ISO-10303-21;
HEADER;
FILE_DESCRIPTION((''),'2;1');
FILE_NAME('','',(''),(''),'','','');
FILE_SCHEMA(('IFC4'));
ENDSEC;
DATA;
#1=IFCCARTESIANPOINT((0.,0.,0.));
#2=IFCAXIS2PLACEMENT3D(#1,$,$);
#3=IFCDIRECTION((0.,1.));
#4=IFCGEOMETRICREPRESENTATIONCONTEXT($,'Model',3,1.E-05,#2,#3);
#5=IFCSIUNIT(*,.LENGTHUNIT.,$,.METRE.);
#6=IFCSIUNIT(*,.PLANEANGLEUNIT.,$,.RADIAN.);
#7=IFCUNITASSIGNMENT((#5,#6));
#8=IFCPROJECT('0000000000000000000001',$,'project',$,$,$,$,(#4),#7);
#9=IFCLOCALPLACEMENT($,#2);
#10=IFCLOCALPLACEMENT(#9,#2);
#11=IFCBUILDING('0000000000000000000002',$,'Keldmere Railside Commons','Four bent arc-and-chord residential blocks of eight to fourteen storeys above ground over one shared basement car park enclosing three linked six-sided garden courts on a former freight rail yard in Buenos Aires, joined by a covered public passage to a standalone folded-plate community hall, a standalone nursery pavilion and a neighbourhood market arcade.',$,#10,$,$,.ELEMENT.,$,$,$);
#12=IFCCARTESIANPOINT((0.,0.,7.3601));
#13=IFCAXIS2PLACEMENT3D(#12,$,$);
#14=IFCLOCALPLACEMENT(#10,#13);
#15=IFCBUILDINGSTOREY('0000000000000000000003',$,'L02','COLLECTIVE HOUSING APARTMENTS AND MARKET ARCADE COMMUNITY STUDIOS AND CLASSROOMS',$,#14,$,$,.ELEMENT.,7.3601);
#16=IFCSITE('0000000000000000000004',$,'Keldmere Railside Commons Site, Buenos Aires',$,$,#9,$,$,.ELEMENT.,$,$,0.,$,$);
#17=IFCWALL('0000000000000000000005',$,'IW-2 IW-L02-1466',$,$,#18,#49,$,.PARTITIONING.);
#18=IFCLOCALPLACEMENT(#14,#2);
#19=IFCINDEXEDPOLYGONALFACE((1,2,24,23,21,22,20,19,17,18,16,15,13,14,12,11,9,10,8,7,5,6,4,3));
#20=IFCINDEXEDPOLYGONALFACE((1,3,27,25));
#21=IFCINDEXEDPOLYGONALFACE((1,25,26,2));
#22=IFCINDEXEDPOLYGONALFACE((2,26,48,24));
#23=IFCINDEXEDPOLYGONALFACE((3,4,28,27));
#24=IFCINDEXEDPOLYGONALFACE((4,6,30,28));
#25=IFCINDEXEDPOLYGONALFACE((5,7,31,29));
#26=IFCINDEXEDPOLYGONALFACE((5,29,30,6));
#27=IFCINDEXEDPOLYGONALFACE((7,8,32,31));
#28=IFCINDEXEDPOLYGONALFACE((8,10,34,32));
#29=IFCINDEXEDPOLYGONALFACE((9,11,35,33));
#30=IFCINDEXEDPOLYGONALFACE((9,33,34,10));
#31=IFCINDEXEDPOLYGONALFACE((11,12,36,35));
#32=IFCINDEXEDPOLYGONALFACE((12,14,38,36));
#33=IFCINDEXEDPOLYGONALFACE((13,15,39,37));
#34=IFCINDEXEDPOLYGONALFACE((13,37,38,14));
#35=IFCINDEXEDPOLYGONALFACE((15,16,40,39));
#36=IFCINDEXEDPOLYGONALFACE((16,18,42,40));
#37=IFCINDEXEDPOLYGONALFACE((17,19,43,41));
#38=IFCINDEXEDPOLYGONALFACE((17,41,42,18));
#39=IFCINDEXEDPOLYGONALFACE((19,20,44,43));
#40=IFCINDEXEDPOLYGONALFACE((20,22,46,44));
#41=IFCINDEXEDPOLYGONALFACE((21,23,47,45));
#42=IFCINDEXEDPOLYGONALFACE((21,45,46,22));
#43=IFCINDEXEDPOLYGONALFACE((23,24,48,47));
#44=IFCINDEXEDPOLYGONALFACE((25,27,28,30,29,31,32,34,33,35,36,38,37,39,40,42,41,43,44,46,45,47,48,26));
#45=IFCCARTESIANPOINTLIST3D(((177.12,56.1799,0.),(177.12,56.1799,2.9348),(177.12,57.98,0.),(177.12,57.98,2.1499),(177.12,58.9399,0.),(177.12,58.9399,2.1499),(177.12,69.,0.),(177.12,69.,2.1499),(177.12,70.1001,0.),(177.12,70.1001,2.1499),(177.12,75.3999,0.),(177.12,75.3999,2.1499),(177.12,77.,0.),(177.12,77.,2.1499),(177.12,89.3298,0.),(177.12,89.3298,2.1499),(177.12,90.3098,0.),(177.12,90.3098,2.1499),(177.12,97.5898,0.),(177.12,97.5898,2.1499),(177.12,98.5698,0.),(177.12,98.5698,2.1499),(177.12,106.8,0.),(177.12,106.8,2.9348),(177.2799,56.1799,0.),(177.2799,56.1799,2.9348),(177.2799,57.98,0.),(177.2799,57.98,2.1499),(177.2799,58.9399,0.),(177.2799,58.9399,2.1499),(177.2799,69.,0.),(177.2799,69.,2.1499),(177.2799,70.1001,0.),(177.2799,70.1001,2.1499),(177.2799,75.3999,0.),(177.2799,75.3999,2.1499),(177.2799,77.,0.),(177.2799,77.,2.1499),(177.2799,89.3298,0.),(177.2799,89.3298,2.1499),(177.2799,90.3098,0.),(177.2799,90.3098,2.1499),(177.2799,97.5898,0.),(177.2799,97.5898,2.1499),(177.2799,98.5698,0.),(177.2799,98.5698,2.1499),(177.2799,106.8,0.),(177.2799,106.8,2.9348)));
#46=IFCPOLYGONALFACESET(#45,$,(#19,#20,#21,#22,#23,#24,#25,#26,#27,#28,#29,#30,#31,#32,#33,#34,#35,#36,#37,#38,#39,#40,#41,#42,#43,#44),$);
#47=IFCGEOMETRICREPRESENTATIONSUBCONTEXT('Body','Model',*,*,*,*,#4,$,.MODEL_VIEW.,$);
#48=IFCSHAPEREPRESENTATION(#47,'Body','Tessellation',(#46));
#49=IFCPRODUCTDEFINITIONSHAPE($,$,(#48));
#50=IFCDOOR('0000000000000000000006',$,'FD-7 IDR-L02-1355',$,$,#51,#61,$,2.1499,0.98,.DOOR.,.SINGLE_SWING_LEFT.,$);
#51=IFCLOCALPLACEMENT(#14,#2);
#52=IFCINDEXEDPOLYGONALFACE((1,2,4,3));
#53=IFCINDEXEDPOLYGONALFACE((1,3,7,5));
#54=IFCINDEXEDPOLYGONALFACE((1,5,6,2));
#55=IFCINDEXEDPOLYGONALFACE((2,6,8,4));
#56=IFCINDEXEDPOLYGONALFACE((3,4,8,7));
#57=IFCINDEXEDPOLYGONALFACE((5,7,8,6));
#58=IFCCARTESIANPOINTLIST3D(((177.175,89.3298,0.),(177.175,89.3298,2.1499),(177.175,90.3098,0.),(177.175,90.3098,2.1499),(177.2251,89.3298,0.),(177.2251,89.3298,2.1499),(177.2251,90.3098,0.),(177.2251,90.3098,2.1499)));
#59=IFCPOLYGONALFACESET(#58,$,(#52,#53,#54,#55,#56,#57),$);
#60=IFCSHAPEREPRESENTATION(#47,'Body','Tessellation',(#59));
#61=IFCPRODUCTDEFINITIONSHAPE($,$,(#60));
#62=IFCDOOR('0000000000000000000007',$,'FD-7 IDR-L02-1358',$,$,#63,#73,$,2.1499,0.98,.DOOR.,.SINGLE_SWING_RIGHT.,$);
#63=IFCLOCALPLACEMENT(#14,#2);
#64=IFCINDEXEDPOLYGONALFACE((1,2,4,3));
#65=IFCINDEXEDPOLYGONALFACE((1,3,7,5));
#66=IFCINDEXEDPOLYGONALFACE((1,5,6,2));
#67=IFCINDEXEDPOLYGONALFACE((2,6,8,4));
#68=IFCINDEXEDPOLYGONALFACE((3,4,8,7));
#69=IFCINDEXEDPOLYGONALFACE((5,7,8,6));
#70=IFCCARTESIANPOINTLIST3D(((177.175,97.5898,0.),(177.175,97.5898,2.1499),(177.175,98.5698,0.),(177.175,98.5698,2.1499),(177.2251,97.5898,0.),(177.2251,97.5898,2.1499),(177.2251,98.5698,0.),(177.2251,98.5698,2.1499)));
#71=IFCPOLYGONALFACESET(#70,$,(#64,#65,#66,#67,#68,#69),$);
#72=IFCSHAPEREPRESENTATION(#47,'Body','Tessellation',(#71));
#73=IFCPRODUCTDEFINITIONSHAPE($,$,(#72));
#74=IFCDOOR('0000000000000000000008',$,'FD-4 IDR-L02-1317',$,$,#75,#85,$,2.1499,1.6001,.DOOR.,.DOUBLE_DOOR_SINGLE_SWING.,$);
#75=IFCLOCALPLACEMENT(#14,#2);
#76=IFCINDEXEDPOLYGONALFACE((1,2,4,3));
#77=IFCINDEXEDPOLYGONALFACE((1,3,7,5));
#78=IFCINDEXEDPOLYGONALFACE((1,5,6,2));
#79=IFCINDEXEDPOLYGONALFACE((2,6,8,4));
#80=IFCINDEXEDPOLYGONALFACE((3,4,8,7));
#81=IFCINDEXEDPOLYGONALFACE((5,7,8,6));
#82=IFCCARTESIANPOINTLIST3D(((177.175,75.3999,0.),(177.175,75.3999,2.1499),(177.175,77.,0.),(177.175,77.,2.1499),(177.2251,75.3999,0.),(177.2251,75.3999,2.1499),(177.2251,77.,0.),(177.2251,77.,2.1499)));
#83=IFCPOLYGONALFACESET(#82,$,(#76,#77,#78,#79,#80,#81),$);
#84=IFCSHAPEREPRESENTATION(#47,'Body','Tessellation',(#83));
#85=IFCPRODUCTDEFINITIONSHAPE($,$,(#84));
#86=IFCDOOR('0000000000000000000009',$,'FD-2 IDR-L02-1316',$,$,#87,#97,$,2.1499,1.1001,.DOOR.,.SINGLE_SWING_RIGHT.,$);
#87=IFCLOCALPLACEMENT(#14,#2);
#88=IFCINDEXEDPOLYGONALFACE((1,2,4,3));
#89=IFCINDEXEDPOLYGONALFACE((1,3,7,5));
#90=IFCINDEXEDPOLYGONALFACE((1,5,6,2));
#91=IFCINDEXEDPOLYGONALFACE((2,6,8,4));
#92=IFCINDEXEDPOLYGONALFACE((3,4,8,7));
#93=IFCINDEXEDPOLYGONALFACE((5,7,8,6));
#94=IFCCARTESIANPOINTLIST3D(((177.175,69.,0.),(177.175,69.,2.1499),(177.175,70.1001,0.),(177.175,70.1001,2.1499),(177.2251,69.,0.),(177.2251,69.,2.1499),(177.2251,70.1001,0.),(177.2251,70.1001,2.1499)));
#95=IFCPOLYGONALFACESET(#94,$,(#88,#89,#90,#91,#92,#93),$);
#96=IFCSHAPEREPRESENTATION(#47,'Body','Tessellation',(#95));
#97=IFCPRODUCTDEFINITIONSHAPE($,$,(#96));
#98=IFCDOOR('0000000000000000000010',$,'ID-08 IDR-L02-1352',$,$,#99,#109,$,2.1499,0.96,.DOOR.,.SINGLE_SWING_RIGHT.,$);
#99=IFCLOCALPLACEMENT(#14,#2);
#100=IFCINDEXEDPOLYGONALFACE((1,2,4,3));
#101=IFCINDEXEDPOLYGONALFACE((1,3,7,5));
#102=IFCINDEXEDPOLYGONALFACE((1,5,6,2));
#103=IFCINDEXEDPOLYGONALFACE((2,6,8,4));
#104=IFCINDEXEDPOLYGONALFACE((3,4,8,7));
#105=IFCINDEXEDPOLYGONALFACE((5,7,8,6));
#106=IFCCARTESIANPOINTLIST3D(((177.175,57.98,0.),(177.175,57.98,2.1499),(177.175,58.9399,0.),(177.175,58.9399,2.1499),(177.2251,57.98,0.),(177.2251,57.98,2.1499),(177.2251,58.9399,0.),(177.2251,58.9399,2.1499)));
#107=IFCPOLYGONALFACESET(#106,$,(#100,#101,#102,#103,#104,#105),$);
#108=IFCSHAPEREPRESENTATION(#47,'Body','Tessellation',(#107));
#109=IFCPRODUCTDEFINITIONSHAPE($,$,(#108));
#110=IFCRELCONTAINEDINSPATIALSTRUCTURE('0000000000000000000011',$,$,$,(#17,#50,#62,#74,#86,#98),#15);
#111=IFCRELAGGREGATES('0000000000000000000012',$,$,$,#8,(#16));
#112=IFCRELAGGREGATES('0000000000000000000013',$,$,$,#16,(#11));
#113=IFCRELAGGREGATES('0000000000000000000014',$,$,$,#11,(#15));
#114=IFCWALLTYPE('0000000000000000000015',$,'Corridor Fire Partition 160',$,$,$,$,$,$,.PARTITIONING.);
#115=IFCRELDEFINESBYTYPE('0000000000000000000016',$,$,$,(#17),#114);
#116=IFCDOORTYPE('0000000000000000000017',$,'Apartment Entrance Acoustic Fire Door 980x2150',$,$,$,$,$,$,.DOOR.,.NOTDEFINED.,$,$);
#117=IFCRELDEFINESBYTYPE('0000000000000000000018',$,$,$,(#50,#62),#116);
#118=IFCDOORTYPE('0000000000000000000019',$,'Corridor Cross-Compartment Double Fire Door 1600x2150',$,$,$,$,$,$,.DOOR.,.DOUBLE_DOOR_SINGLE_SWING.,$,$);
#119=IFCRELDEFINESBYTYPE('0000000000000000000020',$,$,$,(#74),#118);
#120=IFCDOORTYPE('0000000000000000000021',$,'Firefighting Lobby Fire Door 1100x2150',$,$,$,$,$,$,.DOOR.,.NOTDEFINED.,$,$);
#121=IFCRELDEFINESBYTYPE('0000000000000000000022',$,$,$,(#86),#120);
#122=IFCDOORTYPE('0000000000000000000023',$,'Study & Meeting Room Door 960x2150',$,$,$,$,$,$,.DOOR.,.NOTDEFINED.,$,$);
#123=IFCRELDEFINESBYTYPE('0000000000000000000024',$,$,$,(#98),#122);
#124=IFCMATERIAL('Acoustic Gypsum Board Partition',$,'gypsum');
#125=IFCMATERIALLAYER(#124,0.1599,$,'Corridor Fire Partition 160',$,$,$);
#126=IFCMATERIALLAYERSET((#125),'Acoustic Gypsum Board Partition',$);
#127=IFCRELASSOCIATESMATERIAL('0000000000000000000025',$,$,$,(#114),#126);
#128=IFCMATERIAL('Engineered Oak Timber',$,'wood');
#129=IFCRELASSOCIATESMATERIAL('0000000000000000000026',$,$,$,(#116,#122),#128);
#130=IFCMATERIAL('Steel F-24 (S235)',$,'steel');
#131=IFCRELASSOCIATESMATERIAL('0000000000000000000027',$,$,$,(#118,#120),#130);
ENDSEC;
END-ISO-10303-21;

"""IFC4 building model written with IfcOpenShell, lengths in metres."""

from ifc_helpers import new_model, si_unit, direction, frame, frame_2d, origin, place, context, subcontext, project, spatial, rectangle, extrude, material, layer, layer_set, type_object, element, fill, save


model = new_model("IFC4")

# Units and contexts
model_context = context("Model", 3, precision=1e-05, world=origin(), true_north=direction((0.0, 1.0)))
body_context = subcontext(model_context, "Body", "Model", "MODEL_VIEW")
ifc_project = project(units=[si_unit("LENGTHUNIT", "METRE"), si_unit("PLANEANGLEUNIT", "RADIAN")], contexts=[model_context])

# Site, building, storey
site_placement = place(None, origin())
site = spatial("IfcSite", under=ifc_project, at=site_placement, Name="Keldmere Railside Commons Site, Buenos Aires", CompositionType="ELEMENT", RefElevation=0.0)
building_placement = place(site_placement, origin())
building = spatial("IfcBuilding", under=site, at=building_placement, Name="Keldmere Railside Commons", Description="Four bent arc-and-chord residential blocks of eight to fourteen storeys above ground over one shared basement car park enclosing three linked six-sided garden courts on a former freight rail yard in Buenos Aires, joined by a covered public passage to a standalone folded-plate community hall, a standalone nursery pavilion and a neighbourhood market arcade.", CompositionType="ELEMENT")
storey_placement = place(building_placement, frame((0.0, 0.0, 7.3601)))
storey = spatial("IfcBuildingStorey", under=building, at=storey_placement, Name="L02", Description="COLLECTIVE HOUSING APARTMENTS AND MARKET ARCADE COMMUNITY STUDIOS AND CLASSROOMS", CompositionType="ELEMENT", Elevation=7.3601)

# Shared definitions
ifc_material_1 = material(Name="Acoustic Gypsum Board Partition", Category="gypsum")
ifc_material_2 = material(Name="Engineered Oak Timber", Category="wood")

# Wall, openings, doors
ifc_layer_1 = layer(ifc_material_1, 0.1599, Name="Corridor Fire Partition 160")
ifc_layer_set_1 = layer_set([ifc_layer_1], Name="Acoustic Gypsum Board Partition")
wall_type_1 = type_object("IfcWallType", Name="Corridor Fire Partition 160", PredefinedType="PARTITIONING", material=ifc_layer_set_1)
door_type_1 = type_object("IfcDoorType", Name="Apartment Entrance Acoustic Fire Door 980x2150", OperationType="NOTDEFINED", PredefinedType="DOOR", material=ifc_material_2)
wall_1_placement = place(storey_placement, frame((177.2, 56.1799, 0.0), z_axis=(0.0, 0.0, 1.0), x_axis=(0.0, 1.0, 0.0)))
wall_1 = element("IfcWall", 1, at=wall_1_placement, inside=storey, type_object=wall_type_1, Name="IW-2 IW-L02-1466", PredefinedType="PARTITIONING", context=body_context, shape_type="SweptSolid", body=[
    extrude(rectangle(XDim=50.6201, YDim=0.1599, at=frame_2d((25.3101, 0.0))), origin(), (0.0, 0.0, 1.0), 2.9348),
])
opening_1_placement = place(wall_1_placement, frame((12.8201, 0.0, 0.0)))
opening_1 = element("IfcOpeningElement", 2, at=opening_1_placement, cuts=wall_1, PredefinedType="OPENING", context=body_context, shape_type="SweptSolid", body=[
    extrude(rectangle(XDim=1.1001, YDim=2.1499, at=frame_2d((0.55, 1.075))), frame((0.0, 0.0898, 0.0), z_axis=(0.0, -1.0, 0.0), x_axis=(1.0, 0.0, 0.0)), (0.0, 0.0, 1.0), 0.1799),
])
opening_2_placement = place(wall_1_placement, frame((19.22, 0.0, 0.0)))
opening_2 = element("IfcOpeningElement", 3, at=opening_2_placement, cuts=wall_1, PredefinedType="OPENING", context=body_context, shape_type="SweptSolid", body=[
    extrude(rectangle(XDim=1.6001, YDim=2.1499, at=frame_2d((0.8, 1.075))), frame((0.0, 0.0898, 0.0), z_axis=(0.0, -1.0, 0.0), x_axis=(1.0, 0.0, 0.0)), (0.0, 0.0, 1.0), 0.1799),
])
opening_3_placement = place(wall_1_placement, frame((1.8, 0.0, 0.0)))
opening_3 = element("IfcOpeningElement", 4, at=opening_3_placement, cuts=wall_1, PredefinedType="OPENING", context=body_context, shape_type="SweptSolid", body=[
    extrude(rectangle(XDim=0.96, YDim=2.1499, at=frame_2d((0.48, 1.075))), frame((0.0, 0.0898, 0.0), z_axis=(0.0, -1.0, 0.0), x_axis=(1.0, 0.0, 0.0)), (0.0, 0.0, 1.0), 0.1799),
])
opening_4_placement = place(wall_1_placement, frame((33.1499, 0.0, 0.0)))
opening_4 = element("IfcOpeningElement", 5, at=opening_4_placement, cuts=wall_1, PredefinedType="OPENING", context=body_context, shape_type="SweptSolid", body=[
    extrude(rectangle(XDim=0.98, YDim=2.1499, at=frame_2d((0.49, 1.075))), frame((0.0, 0.0898, 0.0), z_axis=(0.0, -1.0, 0.0), x_axis=(1.0, 0.0, 0.0)), (0.0, 0.0, 1.0), 0.1799),
])
opening_5_placement = place(wall_1_placement, frame((41.4099, 0.0, 0.0)))
opening_5 = element("IfcOpeningElement", 6, at=opening_5_placement, cuts=wall_1, PredefinedType="OPENING", context=body_context, shape_type="SweptSolid", body=[
    extrude(rectangle(XDim=0.98, YDim=2.1499, at=frame_2d((0.49, 1.075))), frame((0.0, 0.0898, 0.0), z_axis=(0.0, -1.0, 0.0), x_axis=(1.0, 0.0, 0.0)), (0.0, 0.0, 1.0), 0.1799),
])
door_1_placement = place(opening_4_placement, origin())
door_1 = element("IfcDoor", 7, at=door_1_placement, inside=storey, type_object=door_type_1, Name="FD-7 IDR-L02-1355", OperationType="SINGLE_SWING_LEFT", OverallHeight=2.1499, OverallWidth=0.98, PredefinedType="DOOR", context=body_context, shape_type="SweptSolid", body=[
    extrude(rectangle(XDim=0.98, YDim=2.1499, at=frame_2d((0.49, 1.075))), frame((0.0, 0.0249, 0.0), z_axis=(0.0, -1.0, 0.0), x_axis=(1.0, 0.0, 0.0)), (0.0, 0.0, 1.0), 0.05),
])
fill(opening_4, door_1)
door_2_placement = place(opening_5_placement, origin())
door_2 = element("IfcDoor", 8, at=door_2_placement, inside=storey, type_object=door_type_1, Name="FD-7 IDR-L02-1358", OperationType="SINGLE_SWING_RIGHT", OverallHeight=2.1499, OverallWidth=0.98, PredefinedType="DOOR", context=body_context, shape_type="SweptSolid", body=[
    extrude(rectangle(XDim=0.98, YDim=2.1499, at=frame_2d((0.49, 1.075))), frame((0.0, 0.0249, 0.0), z_axis=(0.0, -1.0, 0.0), x_axis=(1.0, 0.0, 0.0)), (0.0, 0.0, 1.0), 0.05),
])
fill(opening_5, door_2)
ifc_material_3 = material(Name="Steel F-24 (S235)", Category="steel")
door_type_2 = type_object("IfcDoorType", Name="Corridor Cross-Compartment Double Fire Door 1600x2150", OperationType="DOUBLE_DOOR_SINGLE_SWING", PredefinedType="DOOR", material=ifc_material_3)
door_3_placement = place(opening_2_placement, origin())
door_3 = element("IfcDoor", 9, at=door_3_placement, inside=storey, type_object=door_type_2, Name="FD-4 IDR-L02-1317", OperationType="DOUBLE_DOOR_SINGLE_SWING", OverallHeight=2.1499, OverallWidth=1.6001, PredefinedType="DOOR", context=body_context, shape_type="SweptSolid", body=[
    extrude(rectangle(XDim=1.6001, YDim=2.1499, at=frame_2d((0.8, 1.075))), frame((0.0, 0.0249, 0.0), z_axis=(0.0, -1.0, 0.0), x_axis=(1.0, 0.0, 0.0)), (0.0, 0.0, 1.0), 0.05),
])
fill(opening_2, door_3)
door_type_3 = type_object("IfcDoorType", Name="Firefighting Lobby Fire Door 1100x2150", OperationType="NOTDEFINED", PredefinedType="DOOR", material=ifc_material_3)
door_4_placement = place(opening_1_placement, origin())
door_4 = element("IfcDoor", 10, at=door_4_placement, inside=storey, type_object=door_type_3, Name="FD-2 IDR-L02-1316", OperationType="SINGLE_SWING_RIGHT", OverallHeight=2.1499, OverallWidth=1.1001, PredefinedType="DOOR", context=body_context, shape_type="SweptSolid", body=[
    extrude(rectangle(XDim=1.1001, YDim=2.1499, at=frame_2d((0.55, 1.075))), frame((0.0, 0.0249, 0.0), z_axis=(0.0, -1.0, 0.0), x_axis=(1.0, 0.0, 0.0)), (0.0, 0.0, 1.0), 0.05),
])
fill(opening_1, door_4)
door_type_4 = type_object("IfcDoorType", Name="Study & Meeting Room Door 960x2150", OperationType="NOTDEFINED", PredefinedType="DOOR", material=ifc_material_2)
door_5_placement = place(opening_3_placement, origin())
door_5 = element("IfcDoor", 11, at=door_5_placement, inside=storey, type_object=door_type_4, Name="ID-08 IDR-L02-1352", OperationType="SINGLE_SWING_RIGHT", OverallHeight=2.1499, OverallWidth=0.96, PredefinedType="DOOR", context=body_context, shape_type="SweptSolid", body=[
    extrude(rectangle(XDim=0.96, YDim=2.1499, at=frame_2d((0.48, 1.075))), frame((0.0, 0.0249, 0.0), z_axis=(0.0, -1.0, 0.0), x_axis=(1.0, 0.0, 0.0)), (0.0, 0.0, 1.0), 0.05),
])
fill(opening_3, door_5)

save(model, "model.ifc")
